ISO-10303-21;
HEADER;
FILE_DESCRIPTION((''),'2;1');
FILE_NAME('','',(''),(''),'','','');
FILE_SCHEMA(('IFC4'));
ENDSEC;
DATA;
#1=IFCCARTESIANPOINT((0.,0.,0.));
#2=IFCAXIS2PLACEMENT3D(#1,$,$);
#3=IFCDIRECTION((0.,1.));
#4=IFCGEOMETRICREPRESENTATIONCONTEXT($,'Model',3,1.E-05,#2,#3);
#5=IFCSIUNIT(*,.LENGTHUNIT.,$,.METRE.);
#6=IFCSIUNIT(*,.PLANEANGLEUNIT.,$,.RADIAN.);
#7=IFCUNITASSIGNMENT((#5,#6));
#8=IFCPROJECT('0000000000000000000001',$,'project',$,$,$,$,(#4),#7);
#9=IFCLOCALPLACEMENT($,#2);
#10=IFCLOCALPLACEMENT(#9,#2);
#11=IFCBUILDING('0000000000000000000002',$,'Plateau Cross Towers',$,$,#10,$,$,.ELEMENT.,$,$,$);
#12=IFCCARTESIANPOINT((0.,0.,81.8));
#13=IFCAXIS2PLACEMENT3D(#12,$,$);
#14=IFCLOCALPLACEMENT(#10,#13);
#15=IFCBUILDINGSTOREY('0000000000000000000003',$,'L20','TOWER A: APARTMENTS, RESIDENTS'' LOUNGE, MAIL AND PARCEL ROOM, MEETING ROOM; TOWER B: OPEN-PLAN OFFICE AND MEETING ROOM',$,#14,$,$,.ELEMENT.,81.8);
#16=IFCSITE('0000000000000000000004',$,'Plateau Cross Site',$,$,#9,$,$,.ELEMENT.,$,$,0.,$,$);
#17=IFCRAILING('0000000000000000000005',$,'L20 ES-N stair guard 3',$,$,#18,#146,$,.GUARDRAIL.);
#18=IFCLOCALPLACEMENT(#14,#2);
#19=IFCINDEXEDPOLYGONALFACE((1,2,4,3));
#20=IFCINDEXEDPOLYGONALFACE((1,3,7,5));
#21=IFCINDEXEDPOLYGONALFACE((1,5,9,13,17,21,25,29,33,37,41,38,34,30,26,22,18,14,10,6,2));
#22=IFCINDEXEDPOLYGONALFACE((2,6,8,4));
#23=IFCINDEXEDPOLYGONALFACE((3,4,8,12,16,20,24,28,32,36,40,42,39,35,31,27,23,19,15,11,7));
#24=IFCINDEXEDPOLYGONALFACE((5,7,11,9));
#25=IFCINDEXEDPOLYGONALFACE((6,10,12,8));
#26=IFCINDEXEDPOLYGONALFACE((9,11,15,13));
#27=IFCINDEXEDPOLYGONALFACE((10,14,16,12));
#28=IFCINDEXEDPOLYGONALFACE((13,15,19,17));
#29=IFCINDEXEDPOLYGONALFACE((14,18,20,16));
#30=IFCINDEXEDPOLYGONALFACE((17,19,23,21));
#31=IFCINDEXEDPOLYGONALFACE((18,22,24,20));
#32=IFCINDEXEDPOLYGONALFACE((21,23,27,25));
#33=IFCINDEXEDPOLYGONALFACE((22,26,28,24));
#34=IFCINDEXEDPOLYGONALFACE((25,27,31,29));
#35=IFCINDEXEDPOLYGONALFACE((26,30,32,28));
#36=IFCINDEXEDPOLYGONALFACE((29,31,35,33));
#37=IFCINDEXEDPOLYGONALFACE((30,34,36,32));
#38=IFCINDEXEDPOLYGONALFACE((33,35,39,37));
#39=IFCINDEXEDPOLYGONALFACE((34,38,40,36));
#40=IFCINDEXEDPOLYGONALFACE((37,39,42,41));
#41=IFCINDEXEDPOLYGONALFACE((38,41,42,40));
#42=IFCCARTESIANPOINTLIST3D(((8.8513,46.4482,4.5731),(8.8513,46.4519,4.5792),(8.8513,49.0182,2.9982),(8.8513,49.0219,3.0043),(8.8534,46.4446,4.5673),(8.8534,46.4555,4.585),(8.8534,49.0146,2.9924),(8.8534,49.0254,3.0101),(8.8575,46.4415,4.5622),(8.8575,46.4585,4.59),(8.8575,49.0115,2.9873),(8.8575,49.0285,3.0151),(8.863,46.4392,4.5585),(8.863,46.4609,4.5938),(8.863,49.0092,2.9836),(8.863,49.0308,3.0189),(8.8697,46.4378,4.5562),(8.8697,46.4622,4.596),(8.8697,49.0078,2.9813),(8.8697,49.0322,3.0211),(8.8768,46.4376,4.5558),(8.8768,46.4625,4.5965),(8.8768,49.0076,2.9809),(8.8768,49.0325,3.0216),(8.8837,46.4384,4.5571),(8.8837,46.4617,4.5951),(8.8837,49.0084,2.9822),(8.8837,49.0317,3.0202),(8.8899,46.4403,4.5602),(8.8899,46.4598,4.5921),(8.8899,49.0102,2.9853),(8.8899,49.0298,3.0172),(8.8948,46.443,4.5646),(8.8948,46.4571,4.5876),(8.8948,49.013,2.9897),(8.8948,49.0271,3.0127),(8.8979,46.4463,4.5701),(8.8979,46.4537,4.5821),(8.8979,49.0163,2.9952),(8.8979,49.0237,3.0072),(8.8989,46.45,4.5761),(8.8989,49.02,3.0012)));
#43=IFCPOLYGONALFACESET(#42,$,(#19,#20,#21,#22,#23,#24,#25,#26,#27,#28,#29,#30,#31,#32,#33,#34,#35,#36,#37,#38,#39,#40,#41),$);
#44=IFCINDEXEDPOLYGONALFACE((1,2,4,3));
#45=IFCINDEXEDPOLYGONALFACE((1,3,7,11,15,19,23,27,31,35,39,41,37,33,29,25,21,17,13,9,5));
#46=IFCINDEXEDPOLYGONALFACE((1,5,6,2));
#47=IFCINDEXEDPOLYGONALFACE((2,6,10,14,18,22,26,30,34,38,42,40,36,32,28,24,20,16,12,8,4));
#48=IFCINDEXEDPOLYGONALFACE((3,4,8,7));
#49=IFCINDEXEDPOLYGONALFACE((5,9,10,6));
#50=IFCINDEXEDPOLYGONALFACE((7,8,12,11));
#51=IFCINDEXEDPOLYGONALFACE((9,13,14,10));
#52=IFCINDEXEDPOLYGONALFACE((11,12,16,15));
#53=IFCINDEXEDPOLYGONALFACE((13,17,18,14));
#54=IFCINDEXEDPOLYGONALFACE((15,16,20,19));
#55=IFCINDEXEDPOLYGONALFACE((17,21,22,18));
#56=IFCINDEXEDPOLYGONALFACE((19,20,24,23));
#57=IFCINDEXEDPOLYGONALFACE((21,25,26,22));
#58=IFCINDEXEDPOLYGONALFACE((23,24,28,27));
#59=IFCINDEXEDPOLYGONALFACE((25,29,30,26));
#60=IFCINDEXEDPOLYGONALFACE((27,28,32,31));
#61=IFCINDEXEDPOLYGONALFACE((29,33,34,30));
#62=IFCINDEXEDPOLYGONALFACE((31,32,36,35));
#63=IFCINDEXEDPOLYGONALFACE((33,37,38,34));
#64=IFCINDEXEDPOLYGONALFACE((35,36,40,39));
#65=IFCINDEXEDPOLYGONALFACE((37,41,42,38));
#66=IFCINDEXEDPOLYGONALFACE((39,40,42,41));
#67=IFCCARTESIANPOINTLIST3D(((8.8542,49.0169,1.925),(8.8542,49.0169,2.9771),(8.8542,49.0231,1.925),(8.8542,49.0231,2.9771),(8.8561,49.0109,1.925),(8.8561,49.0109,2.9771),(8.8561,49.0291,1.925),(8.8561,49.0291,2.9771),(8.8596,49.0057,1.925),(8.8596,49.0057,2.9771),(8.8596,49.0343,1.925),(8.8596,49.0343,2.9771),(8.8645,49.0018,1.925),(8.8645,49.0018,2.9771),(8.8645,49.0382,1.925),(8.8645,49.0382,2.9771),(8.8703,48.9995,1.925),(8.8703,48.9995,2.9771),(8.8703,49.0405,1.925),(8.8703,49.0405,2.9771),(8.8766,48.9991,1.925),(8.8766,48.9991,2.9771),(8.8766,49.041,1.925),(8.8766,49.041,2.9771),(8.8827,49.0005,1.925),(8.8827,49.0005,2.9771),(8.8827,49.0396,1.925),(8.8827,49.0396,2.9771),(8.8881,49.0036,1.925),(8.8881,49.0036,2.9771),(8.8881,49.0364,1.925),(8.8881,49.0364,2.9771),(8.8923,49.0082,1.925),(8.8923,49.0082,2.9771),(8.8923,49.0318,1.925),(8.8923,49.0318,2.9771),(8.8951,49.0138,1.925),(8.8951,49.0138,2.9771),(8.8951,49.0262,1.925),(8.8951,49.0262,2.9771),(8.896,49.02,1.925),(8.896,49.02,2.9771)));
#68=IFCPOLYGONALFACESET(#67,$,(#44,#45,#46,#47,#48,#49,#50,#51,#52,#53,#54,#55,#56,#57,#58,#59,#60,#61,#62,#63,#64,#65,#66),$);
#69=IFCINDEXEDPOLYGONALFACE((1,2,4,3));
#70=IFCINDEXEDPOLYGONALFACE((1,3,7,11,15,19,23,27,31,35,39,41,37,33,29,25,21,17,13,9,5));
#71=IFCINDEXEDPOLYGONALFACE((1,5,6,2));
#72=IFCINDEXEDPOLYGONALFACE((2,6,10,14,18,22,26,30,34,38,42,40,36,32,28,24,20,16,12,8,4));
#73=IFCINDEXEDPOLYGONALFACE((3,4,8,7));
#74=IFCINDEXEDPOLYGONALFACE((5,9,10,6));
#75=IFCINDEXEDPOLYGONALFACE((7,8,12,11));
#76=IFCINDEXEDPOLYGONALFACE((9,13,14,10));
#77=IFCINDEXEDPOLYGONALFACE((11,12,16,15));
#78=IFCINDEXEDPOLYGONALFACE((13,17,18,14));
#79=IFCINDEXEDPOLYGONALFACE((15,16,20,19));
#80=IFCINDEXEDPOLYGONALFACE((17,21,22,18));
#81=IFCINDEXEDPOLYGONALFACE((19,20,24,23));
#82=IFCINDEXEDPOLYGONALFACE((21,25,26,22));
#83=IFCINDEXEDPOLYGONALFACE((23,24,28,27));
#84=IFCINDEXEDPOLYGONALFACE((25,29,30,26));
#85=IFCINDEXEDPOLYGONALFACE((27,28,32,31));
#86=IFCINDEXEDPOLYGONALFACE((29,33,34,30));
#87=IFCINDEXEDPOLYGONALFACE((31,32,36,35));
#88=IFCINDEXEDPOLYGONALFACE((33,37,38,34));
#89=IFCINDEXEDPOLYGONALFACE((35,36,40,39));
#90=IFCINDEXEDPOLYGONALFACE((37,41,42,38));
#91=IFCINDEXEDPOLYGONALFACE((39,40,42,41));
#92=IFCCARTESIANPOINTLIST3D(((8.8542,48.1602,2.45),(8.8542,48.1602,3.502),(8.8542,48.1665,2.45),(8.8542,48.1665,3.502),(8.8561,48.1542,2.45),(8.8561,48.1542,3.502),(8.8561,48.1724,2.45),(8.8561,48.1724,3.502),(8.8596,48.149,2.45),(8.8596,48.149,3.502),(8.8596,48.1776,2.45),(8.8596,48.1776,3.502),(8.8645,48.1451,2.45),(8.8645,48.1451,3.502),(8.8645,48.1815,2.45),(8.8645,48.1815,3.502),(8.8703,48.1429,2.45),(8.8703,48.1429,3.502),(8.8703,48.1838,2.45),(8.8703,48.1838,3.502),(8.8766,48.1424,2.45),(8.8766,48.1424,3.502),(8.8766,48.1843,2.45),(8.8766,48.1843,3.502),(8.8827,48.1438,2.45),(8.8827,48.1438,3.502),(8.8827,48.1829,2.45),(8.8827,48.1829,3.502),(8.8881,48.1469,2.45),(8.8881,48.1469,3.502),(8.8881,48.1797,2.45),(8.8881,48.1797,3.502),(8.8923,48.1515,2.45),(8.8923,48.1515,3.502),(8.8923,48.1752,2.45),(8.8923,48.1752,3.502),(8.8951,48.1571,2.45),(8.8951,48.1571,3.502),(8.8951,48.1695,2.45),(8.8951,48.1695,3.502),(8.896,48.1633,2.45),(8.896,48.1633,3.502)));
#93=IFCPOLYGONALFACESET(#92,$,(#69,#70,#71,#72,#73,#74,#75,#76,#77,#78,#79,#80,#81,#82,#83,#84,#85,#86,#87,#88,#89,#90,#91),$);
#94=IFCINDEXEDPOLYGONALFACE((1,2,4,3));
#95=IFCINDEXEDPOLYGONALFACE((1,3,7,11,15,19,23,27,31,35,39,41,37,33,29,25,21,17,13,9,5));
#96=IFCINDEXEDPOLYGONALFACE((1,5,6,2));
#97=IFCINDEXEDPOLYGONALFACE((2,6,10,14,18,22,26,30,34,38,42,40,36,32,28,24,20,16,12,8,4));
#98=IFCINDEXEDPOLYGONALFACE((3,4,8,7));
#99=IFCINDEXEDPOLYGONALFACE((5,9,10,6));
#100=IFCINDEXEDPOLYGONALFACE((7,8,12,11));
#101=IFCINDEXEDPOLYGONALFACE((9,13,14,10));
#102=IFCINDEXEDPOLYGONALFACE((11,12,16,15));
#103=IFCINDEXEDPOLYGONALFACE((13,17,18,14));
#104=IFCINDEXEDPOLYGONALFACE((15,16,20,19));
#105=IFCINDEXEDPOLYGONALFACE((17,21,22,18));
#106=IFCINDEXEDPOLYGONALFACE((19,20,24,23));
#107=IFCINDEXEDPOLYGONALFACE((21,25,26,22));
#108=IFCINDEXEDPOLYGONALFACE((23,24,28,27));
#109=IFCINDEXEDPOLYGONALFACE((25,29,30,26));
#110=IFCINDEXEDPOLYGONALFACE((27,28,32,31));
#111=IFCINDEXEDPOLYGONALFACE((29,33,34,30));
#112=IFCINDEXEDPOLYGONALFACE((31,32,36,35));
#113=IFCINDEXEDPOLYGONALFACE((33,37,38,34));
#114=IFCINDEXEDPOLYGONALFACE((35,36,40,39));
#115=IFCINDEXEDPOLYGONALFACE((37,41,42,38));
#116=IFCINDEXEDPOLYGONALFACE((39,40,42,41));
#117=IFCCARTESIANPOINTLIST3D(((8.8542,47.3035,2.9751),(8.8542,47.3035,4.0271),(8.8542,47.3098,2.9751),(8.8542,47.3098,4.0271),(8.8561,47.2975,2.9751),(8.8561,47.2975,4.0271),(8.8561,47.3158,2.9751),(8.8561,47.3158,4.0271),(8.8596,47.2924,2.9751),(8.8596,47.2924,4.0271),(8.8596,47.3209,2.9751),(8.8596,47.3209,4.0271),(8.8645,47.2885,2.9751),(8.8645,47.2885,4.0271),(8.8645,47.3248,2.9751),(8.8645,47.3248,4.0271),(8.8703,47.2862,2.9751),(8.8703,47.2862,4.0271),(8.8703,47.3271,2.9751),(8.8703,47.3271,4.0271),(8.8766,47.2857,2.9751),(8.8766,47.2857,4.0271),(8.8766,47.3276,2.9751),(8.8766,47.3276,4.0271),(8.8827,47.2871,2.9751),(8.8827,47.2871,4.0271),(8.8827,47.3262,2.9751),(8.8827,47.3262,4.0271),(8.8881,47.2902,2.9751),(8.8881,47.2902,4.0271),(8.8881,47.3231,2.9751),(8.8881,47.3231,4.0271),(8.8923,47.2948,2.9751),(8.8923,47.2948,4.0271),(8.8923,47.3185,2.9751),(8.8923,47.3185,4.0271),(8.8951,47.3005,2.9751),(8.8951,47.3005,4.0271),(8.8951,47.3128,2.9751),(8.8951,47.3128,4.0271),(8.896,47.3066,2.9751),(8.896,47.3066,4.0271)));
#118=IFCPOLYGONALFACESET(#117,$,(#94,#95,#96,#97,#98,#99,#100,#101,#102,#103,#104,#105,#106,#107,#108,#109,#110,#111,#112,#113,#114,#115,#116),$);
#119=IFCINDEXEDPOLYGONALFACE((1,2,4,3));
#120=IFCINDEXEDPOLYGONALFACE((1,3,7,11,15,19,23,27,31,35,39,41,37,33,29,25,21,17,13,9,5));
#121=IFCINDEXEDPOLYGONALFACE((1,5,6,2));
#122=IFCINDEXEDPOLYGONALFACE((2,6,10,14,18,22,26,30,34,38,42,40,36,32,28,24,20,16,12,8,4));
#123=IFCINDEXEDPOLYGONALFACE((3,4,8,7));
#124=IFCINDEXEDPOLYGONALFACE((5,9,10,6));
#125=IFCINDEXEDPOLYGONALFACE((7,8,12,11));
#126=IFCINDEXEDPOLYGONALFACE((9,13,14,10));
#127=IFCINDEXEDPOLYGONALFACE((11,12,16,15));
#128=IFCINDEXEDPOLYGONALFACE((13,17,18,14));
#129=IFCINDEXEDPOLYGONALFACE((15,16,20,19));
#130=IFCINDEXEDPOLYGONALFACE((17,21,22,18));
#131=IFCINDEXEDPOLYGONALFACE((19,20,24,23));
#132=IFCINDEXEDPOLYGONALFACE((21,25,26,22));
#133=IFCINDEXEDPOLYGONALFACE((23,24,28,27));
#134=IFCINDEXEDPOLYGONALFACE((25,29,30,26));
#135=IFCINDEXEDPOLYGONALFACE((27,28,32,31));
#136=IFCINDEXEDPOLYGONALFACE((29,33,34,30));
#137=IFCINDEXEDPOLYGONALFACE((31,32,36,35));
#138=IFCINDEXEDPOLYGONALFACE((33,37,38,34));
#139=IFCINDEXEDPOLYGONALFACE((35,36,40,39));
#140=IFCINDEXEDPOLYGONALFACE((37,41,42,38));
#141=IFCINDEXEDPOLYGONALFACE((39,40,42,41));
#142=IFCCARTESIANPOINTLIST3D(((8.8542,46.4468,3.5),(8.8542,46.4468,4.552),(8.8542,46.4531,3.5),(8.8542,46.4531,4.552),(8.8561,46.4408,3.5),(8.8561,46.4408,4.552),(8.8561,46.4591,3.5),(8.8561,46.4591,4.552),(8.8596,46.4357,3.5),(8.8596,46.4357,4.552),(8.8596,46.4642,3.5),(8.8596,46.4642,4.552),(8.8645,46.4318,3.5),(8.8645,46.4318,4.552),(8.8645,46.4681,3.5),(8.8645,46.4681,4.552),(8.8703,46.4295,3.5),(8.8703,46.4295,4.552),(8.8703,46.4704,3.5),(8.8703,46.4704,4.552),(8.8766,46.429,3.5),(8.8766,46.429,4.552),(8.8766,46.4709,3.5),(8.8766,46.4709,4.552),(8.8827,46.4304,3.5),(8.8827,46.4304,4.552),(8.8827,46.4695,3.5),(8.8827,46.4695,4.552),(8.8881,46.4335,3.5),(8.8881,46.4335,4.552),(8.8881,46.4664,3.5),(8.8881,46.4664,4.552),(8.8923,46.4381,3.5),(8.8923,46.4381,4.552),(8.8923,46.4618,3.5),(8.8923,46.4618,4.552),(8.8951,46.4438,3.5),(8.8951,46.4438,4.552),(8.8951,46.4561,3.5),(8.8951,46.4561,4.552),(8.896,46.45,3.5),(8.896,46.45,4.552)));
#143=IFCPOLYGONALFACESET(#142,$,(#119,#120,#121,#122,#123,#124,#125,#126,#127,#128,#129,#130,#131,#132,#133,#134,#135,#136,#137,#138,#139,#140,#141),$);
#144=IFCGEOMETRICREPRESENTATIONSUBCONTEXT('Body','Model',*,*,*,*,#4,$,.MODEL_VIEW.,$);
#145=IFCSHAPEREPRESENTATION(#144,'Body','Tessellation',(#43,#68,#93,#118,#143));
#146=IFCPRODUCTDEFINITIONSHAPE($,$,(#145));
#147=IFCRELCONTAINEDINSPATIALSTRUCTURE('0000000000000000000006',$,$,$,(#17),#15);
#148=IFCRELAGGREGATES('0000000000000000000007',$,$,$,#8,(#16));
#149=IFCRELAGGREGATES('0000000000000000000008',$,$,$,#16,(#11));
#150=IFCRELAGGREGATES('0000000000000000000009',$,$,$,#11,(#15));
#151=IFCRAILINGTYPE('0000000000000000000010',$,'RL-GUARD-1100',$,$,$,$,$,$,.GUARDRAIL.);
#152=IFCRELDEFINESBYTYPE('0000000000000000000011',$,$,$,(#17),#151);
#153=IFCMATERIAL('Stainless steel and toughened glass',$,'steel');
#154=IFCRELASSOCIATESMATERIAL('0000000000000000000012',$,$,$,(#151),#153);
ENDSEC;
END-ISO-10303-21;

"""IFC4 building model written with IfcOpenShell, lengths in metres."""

from ifc_helpers import new_model, si_unit, direction, frame, origin, origin_2d, place, context, subcontext, project, spatial, circle, extrude, material, type_object, element, save


model = new_model("IFC4")

# Units and contexts
model_context = context("Model", 3, precision=1e-05, world=origin(), true_north=direction((0.0, 1.0)))
body_context = subcontext(model_context, "Body", "Model", "MODEL_VIEW")
ifc_project = project(units=[si_unit("LENGTHUNIT", "METRE"), si_unit("PLANEANGLEUNIT", "RADIAN")], contexts=[model_context])

# Site, building, storey
site_placement = place(None, origin())
site = spatial("IfcSite", under=ifc_project, at=site_placement, Name="Plateau Cross Site", CompositionType="ELEMENT", RefElevation=0.0)
building_placement = place(site_placement, origin())
building = spatial("IfcBuilding", under=site, at=building_placement, Name="Plateau Cross Towers", CompositionType="ELEMENT")
storey_placement = place(building_placement, frame((0.0, 0.0, 81.8)))
storey = spatial("IfcBuildingStorey", under=building, at=storey_placement, Name="L20", Description="TOWER A: APARTMENTS, RESIDENTS' LOUNGE, MAIL AND PARCEL ROOM, MEETING ROOM; TOWER B: OPEN-PLAN OFFICE AND MEETING ROOM", CompositionType="ELEMENT", Elevation=81.8)

# Railing
ifc_material_1 = material(Name="Stainless steel and toughened glass", Category="steel")
railing_type_1 = type_object("IfcRailingType", Name="RL-GUARD-1100", PredefinedType="GUARDRAIL", material=ifc_material_1)
railing_1_placement = place(storey_placement, frame((8.875, 49.02, 1.925)))
element("IfcRailing", 1, at=railing_1_placement, inside=storey, type_object=railing_type_1, Name="L20 ES-N stair guard 3", PredefinedType="GUARDRAIL", context=body_context, shape_type="SweptSolid", body=[
    extrude(circle(Radius=0.0239, at=origin_2d()), frame((0.0, 0.0, 1.0762), z_axis=(0.0, -0.852639, 0.522501), x_axis=(1.0, 0.0, 0.0)), (0.0, 0.0, 1.0), 3.0142),
    extrude(circle(Radius=0.021, at=origin_2d()), origin(), (0.0, 0.0, 1.0), 1.052),
    extrude(circle(Radius=0.021, at=origin_2d()), frame((0.0, -0.8567, 0.5249)), (0.0, 0.0, 1.0), 1.052),
    extrude(circle(Radius=0.021, at=origin_2d()), frame((0.0, -1.7134, 1.05)), (0.0, 0.0, 1.0), 1.052),
    extrude(circle(Radius=0.021, at=origin_2d()), frame((0.0, -2.5701, 1.575)), (0.0, 0.0, 1.0), 1.052),
])

save(model, "model.ifc")
